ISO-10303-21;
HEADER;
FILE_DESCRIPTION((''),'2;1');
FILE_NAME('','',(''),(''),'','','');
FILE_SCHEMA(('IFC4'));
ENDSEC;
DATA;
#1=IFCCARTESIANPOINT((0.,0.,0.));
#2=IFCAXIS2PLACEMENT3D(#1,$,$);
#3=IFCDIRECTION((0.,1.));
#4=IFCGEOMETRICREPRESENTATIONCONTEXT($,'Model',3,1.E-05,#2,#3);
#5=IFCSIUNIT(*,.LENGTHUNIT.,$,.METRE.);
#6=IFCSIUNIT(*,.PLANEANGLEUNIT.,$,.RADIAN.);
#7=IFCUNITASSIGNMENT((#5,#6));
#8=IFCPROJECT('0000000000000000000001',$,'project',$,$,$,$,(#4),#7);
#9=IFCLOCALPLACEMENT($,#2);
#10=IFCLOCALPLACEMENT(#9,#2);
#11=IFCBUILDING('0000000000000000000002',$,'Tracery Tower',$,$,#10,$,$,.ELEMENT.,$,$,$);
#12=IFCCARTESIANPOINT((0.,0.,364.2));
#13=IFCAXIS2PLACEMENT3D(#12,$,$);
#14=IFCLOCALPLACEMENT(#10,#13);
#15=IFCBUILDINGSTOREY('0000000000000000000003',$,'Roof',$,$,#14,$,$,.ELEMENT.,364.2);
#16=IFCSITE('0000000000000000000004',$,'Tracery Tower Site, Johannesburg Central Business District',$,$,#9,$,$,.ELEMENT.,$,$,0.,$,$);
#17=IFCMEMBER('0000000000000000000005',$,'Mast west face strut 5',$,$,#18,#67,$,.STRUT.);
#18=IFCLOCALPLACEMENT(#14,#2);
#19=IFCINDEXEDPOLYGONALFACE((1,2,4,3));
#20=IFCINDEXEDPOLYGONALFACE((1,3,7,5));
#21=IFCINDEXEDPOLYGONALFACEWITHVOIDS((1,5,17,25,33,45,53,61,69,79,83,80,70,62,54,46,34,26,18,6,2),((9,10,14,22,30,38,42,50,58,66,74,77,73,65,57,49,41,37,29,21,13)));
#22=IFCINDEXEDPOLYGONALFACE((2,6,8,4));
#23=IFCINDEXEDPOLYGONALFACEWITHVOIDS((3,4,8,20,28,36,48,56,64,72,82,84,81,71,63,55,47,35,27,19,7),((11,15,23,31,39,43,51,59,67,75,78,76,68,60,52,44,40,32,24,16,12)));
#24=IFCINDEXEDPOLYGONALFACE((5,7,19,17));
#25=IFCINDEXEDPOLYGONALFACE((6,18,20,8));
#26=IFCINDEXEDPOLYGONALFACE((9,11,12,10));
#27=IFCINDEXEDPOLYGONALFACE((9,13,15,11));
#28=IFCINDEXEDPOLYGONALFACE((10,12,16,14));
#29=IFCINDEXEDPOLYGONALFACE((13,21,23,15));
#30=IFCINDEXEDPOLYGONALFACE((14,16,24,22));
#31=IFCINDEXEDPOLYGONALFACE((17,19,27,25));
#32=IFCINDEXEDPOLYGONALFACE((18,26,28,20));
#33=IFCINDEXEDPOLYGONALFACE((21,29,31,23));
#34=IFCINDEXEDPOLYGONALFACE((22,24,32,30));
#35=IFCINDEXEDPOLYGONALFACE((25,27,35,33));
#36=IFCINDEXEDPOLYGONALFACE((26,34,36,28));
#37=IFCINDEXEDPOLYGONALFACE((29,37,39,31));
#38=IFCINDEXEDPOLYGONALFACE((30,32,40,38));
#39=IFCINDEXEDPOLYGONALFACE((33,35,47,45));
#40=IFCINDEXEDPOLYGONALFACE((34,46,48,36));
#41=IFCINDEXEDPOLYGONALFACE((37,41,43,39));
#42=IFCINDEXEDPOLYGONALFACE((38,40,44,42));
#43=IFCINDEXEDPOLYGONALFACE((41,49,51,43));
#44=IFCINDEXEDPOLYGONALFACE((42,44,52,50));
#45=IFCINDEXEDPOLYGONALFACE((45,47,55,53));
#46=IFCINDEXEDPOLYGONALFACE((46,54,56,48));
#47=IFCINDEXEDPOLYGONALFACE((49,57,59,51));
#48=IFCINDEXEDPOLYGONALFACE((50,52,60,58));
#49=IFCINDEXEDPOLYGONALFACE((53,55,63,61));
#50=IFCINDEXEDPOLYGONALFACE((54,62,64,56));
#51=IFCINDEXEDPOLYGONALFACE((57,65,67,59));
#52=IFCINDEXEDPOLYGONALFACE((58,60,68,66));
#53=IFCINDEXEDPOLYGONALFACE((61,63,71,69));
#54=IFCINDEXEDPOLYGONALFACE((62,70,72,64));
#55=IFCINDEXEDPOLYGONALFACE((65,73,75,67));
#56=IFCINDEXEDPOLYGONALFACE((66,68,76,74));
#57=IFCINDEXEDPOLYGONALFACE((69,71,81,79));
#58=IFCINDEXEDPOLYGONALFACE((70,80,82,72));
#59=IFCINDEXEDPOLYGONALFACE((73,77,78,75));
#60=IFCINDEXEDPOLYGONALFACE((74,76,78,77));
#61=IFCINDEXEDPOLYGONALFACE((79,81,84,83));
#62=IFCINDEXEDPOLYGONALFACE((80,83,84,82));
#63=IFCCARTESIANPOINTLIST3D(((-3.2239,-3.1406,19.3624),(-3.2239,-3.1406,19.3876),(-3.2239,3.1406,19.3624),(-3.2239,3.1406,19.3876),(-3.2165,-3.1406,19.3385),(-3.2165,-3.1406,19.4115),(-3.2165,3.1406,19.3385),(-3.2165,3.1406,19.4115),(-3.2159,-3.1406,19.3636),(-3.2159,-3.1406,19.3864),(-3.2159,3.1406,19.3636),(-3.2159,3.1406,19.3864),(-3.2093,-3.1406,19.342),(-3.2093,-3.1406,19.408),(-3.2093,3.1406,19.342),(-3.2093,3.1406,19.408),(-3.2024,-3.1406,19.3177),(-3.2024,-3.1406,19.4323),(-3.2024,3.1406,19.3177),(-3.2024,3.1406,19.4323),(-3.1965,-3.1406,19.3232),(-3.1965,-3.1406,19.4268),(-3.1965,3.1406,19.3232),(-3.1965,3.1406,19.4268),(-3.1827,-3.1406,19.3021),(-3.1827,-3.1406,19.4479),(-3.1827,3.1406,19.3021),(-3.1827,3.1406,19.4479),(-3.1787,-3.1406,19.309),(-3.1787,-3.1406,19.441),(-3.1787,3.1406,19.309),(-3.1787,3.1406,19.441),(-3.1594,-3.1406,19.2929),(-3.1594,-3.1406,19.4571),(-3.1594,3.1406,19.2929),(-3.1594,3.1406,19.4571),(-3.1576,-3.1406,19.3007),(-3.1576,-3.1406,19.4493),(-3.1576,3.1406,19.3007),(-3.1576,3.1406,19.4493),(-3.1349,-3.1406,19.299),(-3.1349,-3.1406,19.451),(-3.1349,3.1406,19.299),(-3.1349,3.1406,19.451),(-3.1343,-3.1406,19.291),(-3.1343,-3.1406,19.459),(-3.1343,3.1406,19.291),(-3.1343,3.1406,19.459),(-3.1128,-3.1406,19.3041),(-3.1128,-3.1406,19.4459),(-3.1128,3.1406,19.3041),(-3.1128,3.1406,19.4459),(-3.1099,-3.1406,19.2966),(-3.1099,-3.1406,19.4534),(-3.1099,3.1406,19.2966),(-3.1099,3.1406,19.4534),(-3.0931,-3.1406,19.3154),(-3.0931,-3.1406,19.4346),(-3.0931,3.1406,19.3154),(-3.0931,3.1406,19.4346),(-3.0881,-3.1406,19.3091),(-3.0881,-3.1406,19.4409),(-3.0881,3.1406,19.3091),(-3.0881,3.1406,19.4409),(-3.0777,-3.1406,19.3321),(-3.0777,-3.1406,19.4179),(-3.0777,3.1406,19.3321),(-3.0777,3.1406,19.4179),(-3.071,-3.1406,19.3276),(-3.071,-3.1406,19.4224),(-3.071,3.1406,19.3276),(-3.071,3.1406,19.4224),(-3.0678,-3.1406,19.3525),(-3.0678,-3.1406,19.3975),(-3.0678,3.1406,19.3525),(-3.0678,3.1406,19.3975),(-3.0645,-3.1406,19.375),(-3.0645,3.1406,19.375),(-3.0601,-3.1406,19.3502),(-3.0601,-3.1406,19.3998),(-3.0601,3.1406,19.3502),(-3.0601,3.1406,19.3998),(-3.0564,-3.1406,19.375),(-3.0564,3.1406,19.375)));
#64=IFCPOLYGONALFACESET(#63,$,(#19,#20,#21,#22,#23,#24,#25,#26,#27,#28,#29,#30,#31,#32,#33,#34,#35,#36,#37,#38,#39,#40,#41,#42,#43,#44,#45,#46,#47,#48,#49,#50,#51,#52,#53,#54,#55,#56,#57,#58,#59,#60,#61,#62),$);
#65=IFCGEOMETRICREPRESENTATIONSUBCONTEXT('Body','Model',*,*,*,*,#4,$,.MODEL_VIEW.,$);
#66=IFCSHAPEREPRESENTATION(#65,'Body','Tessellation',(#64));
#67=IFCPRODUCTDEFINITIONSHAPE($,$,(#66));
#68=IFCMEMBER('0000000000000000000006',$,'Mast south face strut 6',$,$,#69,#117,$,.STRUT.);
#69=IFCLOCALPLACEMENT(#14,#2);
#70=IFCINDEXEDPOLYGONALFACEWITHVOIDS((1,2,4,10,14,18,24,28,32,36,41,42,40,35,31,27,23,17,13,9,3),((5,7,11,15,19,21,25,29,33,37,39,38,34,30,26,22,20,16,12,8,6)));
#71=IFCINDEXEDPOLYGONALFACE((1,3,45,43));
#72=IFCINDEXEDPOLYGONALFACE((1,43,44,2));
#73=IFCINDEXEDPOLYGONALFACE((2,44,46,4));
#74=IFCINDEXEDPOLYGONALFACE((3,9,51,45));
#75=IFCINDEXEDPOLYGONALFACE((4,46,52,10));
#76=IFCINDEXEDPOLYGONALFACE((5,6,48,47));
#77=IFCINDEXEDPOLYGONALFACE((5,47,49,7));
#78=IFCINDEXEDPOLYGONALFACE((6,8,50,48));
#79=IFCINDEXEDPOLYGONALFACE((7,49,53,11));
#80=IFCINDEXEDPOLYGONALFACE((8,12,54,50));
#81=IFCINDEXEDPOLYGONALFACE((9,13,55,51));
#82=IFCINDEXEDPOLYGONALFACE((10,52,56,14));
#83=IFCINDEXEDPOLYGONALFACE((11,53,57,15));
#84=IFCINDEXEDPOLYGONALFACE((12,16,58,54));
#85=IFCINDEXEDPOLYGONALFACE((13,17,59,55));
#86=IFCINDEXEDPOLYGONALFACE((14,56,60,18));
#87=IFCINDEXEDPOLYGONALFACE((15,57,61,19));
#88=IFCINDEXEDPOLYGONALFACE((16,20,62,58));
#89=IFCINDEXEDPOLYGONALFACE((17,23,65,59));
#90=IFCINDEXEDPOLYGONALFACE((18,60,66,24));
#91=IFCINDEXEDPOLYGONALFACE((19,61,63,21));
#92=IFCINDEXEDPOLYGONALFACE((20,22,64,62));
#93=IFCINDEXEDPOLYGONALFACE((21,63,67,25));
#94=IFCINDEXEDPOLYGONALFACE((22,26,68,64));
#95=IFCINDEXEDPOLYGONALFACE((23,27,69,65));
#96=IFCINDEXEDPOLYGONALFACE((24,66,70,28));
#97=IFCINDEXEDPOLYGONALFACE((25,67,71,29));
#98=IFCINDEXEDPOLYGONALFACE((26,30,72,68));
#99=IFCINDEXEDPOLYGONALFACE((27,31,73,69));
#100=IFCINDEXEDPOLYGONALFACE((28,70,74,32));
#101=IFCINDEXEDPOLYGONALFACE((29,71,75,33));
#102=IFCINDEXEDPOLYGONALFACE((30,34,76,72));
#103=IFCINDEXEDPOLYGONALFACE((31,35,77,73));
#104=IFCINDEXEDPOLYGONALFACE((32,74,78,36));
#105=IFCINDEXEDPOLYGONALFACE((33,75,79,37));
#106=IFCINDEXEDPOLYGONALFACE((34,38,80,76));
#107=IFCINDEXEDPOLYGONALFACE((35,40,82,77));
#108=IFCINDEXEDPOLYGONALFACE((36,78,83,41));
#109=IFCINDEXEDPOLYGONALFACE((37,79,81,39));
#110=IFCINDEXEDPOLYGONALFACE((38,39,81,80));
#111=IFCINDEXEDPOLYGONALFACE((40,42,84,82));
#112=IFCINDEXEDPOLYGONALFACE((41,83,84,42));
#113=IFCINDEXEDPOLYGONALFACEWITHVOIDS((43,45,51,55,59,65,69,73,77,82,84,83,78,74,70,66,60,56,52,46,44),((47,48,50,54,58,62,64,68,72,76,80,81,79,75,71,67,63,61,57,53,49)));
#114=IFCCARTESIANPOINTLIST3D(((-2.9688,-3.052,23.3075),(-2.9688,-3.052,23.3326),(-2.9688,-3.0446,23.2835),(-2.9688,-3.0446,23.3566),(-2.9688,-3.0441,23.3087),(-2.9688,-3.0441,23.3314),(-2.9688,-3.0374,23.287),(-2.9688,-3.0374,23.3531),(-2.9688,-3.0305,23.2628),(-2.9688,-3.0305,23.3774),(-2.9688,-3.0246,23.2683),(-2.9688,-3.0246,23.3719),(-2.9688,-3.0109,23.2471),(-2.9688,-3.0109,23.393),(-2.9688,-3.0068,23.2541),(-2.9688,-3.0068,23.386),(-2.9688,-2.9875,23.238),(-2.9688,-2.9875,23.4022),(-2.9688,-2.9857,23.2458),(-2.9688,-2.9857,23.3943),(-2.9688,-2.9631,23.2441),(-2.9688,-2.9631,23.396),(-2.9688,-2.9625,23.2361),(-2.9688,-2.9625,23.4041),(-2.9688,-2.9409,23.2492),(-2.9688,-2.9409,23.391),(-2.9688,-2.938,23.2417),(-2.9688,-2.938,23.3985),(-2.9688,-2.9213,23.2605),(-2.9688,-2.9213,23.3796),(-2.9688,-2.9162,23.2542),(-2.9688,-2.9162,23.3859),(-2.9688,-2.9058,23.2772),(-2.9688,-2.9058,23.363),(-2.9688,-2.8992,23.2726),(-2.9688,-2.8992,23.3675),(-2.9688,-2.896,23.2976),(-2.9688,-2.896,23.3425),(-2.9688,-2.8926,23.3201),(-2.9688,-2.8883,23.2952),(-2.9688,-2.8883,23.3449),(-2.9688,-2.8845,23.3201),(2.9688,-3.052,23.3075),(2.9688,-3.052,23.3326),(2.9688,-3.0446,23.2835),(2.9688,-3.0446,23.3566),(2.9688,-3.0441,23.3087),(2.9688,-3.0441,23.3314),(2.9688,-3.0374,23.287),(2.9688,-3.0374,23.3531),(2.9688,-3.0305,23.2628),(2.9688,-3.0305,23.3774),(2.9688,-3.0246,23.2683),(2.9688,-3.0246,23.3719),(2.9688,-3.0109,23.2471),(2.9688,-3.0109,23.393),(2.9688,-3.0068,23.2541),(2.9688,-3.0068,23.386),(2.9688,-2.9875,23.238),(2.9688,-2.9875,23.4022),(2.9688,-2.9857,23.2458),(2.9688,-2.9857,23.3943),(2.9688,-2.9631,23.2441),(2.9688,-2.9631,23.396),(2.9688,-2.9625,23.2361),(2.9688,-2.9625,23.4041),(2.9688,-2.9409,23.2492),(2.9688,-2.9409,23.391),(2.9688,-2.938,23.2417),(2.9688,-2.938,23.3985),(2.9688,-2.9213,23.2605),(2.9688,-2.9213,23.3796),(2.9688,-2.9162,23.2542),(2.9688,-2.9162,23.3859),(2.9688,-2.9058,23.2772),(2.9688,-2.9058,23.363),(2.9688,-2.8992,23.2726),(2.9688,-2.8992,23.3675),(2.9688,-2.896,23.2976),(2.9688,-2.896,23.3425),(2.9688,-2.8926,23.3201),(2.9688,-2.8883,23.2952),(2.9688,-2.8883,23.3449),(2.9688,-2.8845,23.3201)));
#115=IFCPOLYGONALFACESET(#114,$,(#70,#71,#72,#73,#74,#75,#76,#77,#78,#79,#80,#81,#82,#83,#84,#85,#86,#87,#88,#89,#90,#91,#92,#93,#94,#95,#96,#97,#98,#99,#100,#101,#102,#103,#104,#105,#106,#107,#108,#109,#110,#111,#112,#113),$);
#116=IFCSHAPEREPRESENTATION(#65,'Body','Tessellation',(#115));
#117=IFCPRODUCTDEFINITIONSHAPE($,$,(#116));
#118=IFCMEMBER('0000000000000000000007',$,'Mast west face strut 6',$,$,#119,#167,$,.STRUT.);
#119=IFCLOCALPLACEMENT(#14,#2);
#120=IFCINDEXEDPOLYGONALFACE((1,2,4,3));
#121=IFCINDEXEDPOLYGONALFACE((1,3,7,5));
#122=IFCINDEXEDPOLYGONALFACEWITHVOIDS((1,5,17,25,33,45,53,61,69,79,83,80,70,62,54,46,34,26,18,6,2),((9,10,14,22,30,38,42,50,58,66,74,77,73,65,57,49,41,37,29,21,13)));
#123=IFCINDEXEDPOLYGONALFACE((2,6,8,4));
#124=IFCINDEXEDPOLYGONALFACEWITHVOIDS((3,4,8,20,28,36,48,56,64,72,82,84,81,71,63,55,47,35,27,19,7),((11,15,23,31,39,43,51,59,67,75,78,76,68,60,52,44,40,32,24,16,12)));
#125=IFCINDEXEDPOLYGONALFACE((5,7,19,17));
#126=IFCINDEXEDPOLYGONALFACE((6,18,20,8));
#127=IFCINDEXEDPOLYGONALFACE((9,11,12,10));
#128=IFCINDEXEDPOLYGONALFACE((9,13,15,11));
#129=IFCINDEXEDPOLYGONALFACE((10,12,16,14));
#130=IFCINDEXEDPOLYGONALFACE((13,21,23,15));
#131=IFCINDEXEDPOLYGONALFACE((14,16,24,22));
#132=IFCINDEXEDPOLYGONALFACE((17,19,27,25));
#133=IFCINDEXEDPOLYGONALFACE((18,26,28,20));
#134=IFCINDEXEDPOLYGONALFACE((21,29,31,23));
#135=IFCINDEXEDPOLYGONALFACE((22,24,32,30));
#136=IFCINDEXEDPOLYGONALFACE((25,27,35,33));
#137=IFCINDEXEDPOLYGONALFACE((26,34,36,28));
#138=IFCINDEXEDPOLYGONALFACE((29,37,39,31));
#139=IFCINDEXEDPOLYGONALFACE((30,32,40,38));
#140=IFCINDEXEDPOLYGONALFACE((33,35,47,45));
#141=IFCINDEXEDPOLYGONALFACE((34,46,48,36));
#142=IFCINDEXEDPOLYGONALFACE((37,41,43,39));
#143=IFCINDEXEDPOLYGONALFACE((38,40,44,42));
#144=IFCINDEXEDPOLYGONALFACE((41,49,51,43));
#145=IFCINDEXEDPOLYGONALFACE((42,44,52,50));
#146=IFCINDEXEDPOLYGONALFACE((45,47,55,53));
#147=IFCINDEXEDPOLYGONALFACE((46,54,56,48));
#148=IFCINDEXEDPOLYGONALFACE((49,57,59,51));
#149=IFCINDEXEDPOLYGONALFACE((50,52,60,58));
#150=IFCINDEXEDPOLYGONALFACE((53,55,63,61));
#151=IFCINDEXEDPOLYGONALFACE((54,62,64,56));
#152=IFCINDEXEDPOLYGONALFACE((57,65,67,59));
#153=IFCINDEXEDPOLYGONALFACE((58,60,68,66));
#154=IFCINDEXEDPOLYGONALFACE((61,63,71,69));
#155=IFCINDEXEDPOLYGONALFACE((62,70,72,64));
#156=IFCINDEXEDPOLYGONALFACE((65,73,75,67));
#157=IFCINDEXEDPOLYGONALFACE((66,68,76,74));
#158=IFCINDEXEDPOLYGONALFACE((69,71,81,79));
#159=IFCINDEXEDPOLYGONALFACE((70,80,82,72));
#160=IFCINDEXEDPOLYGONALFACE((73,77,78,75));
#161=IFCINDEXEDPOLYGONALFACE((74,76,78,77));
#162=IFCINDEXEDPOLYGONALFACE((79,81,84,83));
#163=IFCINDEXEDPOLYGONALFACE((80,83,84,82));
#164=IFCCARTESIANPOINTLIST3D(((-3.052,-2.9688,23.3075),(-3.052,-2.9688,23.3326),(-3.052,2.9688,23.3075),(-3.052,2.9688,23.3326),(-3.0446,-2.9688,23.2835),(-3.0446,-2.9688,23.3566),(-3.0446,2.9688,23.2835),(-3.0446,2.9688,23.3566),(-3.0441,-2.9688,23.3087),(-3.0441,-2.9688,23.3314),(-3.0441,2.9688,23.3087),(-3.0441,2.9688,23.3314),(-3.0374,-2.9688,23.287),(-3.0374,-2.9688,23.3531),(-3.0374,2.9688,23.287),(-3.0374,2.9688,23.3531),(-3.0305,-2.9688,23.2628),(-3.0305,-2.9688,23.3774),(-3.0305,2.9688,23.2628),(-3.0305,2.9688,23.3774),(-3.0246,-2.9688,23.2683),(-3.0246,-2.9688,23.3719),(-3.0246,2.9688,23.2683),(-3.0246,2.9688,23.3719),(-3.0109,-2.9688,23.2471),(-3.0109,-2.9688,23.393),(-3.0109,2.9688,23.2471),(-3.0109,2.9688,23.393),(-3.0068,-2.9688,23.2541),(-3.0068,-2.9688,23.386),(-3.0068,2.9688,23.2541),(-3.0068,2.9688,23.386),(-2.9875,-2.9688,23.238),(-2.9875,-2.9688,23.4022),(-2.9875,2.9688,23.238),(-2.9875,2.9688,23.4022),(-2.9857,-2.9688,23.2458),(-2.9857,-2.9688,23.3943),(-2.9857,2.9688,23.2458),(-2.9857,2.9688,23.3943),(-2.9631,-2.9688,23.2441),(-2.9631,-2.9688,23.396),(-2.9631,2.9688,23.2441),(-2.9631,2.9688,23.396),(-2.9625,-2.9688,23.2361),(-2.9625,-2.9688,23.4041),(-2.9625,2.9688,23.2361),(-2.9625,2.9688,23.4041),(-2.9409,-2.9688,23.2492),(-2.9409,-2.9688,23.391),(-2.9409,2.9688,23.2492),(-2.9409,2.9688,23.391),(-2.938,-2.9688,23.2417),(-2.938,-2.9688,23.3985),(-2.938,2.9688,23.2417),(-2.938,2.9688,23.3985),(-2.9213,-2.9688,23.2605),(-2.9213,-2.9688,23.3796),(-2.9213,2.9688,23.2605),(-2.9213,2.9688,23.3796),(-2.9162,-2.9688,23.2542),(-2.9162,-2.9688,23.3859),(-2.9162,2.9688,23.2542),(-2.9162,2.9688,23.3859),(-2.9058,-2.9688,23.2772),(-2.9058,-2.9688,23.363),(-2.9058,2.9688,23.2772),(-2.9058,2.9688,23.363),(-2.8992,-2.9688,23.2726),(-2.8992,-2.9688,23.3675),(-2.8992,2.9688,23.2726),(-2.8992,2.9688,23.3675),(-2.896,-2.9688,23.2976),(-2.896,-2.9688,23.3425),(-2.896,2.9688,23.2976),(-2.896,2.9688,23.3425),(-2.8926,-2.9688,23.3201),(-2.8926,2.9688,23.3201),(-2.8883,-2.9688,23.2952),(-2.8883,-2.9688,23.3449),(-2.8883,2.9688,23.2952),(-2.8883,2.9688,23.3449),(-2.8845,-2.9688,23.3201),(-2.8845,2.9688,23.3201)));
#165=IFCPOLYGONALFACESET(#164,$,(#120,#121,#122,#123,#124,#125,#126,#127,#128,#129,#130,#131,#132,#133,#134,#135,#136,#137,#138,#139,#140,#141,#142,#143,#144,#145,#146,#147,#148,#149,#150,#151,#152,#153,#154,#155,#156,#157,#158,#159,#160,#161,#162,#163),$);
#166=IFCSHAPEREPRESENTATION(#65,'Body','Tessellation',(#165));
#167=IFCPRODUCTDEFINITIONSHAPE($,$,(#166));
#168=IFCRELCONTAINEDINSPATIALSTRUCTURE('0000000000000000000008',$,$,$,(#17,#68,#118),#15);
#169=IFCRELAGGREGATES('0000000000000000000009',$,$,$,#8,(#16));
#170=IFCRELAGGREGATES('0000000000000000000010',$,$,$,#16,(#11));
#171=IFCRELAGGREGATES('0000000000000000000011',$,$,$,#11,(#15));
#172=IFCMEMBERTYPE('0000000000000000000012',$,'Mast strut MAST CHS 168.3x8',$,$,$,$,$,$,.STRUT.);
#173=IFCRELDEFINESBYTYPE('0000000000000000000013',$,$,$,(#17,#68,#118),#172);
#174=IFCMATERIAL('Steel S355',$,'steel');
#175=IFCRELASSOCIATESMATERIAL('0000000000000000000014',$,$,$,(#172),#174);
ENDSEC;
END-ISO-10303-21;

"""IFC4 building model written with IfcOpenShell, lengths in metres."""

from ifc_helpers import new_model, si_unit, direction, frame, origin, origin_2d, place, context, subcontext, project, spatial, hollow_circle, extrude, material, material_profile, profile_set, type_object, element, save


model = new_model("IFC4")

# Units and contexts
model_context = context("Model", 3, precision=1e-05, world=origin(), true_north=direction((0.0, 1.0)))
body_context = subcontext(model_context, "Body", "Model", "MODEL_VIEW")
ifc_project = project(units=[si_unit("LENGTHUNIT", "METRE"), si_unit("PLANEANGLEUNIT", "RADIAN")], contexts=[model_context])

# Site, building, storey
site_placement = place(None, origin())
site = spatial("IfcSite", under=ifc_project, at=site_placement, Name="Tracery Tower Site, Johannesburg Central Business District", CompositionType="ELEMENT", RefElevation=0.0)
building_placement = place(site_placement, origin())
building = spatial("IfcBuilding", under=site, at=building_placement, Name="Tracery Tower", CompositionType="ELEMENT")
storey_placement = place(building_placement, frame((0.0, 0.0, 364.2)))
storey = spatial("IfcBuildingStorey", under=building, at=storey_placement, Name="Roof", CompositionType="ELEMENT", Elevation=364.2)

# Members
ifc_material_1 = material(Name="Steel S355", Category="steel")
ifc_material_profile_1 = material_profile(ifc_material_1, hollow_circle(Radius=0.0842, WallThickness=0.0081, at=origin_2d()), Name="CHS 168.3x8")
ifc_profile_set_1 = profile_set([ifc_material_profile_1], Name="Steel S355")
member_type_1 = type_object("IfcMemberType", Name="Mast strut MAST CHS 168.3x8", PredefinedType="STRUT", material=ifc_profile_set_1)
for number, where, z_axis, x_axis, name in (
    (1, (-3.1406, 3.1406, 19.375), (0.0, -1.0, 0.0), (1.0, 0.0, 0.0), "Mast west face strut 5"),
):
    element("IfcMember", number, at=place(storey_placement, frame(where, z_axis=z_axis, x_axis=x_axis)), inside=storey, type_object=member_type_1, Name=name, PredefinedType="STRUT", context=body_context, shape_type="SweptSolid", body=[
        extrude(hollow_circle(Radius=0.0842, WallThickness=0.0081, at=origin_2d()), origin(), (0.0, 0.0, 1.0), 6.2812),
    ])
for number, where, z_axis, x_axis, name in (
    (2, (-2.9688, -2.9688, 23.3201), (1.0, 0.0, 0.0), (0.0, 1.0, 0.0), "Mast south face strut 6"),
    (3, (-2.9688, 2.9688, 23.3201), (0.0, -1.0, 0.0), (1.0, 0.0, 0.0), "Mast west face strut 6"),
):
    element("IfcMember", number, at=place(storey_placement, frame(where, z_axis=z_axis, x_axis=x_axis)), inside=storey, type_object=member_type_1, Name=name, PredefinedType="STRUT", context=body_context, shape_type="SweptSolid", body=[
        extrude(hollow_circle(Radius=0.0842, WallThickness=0.0081, at=origin_2d()), origin(), (0.0, 0.0, 1.0), 5.9375),
    ])

save(model, "model.ifc")
